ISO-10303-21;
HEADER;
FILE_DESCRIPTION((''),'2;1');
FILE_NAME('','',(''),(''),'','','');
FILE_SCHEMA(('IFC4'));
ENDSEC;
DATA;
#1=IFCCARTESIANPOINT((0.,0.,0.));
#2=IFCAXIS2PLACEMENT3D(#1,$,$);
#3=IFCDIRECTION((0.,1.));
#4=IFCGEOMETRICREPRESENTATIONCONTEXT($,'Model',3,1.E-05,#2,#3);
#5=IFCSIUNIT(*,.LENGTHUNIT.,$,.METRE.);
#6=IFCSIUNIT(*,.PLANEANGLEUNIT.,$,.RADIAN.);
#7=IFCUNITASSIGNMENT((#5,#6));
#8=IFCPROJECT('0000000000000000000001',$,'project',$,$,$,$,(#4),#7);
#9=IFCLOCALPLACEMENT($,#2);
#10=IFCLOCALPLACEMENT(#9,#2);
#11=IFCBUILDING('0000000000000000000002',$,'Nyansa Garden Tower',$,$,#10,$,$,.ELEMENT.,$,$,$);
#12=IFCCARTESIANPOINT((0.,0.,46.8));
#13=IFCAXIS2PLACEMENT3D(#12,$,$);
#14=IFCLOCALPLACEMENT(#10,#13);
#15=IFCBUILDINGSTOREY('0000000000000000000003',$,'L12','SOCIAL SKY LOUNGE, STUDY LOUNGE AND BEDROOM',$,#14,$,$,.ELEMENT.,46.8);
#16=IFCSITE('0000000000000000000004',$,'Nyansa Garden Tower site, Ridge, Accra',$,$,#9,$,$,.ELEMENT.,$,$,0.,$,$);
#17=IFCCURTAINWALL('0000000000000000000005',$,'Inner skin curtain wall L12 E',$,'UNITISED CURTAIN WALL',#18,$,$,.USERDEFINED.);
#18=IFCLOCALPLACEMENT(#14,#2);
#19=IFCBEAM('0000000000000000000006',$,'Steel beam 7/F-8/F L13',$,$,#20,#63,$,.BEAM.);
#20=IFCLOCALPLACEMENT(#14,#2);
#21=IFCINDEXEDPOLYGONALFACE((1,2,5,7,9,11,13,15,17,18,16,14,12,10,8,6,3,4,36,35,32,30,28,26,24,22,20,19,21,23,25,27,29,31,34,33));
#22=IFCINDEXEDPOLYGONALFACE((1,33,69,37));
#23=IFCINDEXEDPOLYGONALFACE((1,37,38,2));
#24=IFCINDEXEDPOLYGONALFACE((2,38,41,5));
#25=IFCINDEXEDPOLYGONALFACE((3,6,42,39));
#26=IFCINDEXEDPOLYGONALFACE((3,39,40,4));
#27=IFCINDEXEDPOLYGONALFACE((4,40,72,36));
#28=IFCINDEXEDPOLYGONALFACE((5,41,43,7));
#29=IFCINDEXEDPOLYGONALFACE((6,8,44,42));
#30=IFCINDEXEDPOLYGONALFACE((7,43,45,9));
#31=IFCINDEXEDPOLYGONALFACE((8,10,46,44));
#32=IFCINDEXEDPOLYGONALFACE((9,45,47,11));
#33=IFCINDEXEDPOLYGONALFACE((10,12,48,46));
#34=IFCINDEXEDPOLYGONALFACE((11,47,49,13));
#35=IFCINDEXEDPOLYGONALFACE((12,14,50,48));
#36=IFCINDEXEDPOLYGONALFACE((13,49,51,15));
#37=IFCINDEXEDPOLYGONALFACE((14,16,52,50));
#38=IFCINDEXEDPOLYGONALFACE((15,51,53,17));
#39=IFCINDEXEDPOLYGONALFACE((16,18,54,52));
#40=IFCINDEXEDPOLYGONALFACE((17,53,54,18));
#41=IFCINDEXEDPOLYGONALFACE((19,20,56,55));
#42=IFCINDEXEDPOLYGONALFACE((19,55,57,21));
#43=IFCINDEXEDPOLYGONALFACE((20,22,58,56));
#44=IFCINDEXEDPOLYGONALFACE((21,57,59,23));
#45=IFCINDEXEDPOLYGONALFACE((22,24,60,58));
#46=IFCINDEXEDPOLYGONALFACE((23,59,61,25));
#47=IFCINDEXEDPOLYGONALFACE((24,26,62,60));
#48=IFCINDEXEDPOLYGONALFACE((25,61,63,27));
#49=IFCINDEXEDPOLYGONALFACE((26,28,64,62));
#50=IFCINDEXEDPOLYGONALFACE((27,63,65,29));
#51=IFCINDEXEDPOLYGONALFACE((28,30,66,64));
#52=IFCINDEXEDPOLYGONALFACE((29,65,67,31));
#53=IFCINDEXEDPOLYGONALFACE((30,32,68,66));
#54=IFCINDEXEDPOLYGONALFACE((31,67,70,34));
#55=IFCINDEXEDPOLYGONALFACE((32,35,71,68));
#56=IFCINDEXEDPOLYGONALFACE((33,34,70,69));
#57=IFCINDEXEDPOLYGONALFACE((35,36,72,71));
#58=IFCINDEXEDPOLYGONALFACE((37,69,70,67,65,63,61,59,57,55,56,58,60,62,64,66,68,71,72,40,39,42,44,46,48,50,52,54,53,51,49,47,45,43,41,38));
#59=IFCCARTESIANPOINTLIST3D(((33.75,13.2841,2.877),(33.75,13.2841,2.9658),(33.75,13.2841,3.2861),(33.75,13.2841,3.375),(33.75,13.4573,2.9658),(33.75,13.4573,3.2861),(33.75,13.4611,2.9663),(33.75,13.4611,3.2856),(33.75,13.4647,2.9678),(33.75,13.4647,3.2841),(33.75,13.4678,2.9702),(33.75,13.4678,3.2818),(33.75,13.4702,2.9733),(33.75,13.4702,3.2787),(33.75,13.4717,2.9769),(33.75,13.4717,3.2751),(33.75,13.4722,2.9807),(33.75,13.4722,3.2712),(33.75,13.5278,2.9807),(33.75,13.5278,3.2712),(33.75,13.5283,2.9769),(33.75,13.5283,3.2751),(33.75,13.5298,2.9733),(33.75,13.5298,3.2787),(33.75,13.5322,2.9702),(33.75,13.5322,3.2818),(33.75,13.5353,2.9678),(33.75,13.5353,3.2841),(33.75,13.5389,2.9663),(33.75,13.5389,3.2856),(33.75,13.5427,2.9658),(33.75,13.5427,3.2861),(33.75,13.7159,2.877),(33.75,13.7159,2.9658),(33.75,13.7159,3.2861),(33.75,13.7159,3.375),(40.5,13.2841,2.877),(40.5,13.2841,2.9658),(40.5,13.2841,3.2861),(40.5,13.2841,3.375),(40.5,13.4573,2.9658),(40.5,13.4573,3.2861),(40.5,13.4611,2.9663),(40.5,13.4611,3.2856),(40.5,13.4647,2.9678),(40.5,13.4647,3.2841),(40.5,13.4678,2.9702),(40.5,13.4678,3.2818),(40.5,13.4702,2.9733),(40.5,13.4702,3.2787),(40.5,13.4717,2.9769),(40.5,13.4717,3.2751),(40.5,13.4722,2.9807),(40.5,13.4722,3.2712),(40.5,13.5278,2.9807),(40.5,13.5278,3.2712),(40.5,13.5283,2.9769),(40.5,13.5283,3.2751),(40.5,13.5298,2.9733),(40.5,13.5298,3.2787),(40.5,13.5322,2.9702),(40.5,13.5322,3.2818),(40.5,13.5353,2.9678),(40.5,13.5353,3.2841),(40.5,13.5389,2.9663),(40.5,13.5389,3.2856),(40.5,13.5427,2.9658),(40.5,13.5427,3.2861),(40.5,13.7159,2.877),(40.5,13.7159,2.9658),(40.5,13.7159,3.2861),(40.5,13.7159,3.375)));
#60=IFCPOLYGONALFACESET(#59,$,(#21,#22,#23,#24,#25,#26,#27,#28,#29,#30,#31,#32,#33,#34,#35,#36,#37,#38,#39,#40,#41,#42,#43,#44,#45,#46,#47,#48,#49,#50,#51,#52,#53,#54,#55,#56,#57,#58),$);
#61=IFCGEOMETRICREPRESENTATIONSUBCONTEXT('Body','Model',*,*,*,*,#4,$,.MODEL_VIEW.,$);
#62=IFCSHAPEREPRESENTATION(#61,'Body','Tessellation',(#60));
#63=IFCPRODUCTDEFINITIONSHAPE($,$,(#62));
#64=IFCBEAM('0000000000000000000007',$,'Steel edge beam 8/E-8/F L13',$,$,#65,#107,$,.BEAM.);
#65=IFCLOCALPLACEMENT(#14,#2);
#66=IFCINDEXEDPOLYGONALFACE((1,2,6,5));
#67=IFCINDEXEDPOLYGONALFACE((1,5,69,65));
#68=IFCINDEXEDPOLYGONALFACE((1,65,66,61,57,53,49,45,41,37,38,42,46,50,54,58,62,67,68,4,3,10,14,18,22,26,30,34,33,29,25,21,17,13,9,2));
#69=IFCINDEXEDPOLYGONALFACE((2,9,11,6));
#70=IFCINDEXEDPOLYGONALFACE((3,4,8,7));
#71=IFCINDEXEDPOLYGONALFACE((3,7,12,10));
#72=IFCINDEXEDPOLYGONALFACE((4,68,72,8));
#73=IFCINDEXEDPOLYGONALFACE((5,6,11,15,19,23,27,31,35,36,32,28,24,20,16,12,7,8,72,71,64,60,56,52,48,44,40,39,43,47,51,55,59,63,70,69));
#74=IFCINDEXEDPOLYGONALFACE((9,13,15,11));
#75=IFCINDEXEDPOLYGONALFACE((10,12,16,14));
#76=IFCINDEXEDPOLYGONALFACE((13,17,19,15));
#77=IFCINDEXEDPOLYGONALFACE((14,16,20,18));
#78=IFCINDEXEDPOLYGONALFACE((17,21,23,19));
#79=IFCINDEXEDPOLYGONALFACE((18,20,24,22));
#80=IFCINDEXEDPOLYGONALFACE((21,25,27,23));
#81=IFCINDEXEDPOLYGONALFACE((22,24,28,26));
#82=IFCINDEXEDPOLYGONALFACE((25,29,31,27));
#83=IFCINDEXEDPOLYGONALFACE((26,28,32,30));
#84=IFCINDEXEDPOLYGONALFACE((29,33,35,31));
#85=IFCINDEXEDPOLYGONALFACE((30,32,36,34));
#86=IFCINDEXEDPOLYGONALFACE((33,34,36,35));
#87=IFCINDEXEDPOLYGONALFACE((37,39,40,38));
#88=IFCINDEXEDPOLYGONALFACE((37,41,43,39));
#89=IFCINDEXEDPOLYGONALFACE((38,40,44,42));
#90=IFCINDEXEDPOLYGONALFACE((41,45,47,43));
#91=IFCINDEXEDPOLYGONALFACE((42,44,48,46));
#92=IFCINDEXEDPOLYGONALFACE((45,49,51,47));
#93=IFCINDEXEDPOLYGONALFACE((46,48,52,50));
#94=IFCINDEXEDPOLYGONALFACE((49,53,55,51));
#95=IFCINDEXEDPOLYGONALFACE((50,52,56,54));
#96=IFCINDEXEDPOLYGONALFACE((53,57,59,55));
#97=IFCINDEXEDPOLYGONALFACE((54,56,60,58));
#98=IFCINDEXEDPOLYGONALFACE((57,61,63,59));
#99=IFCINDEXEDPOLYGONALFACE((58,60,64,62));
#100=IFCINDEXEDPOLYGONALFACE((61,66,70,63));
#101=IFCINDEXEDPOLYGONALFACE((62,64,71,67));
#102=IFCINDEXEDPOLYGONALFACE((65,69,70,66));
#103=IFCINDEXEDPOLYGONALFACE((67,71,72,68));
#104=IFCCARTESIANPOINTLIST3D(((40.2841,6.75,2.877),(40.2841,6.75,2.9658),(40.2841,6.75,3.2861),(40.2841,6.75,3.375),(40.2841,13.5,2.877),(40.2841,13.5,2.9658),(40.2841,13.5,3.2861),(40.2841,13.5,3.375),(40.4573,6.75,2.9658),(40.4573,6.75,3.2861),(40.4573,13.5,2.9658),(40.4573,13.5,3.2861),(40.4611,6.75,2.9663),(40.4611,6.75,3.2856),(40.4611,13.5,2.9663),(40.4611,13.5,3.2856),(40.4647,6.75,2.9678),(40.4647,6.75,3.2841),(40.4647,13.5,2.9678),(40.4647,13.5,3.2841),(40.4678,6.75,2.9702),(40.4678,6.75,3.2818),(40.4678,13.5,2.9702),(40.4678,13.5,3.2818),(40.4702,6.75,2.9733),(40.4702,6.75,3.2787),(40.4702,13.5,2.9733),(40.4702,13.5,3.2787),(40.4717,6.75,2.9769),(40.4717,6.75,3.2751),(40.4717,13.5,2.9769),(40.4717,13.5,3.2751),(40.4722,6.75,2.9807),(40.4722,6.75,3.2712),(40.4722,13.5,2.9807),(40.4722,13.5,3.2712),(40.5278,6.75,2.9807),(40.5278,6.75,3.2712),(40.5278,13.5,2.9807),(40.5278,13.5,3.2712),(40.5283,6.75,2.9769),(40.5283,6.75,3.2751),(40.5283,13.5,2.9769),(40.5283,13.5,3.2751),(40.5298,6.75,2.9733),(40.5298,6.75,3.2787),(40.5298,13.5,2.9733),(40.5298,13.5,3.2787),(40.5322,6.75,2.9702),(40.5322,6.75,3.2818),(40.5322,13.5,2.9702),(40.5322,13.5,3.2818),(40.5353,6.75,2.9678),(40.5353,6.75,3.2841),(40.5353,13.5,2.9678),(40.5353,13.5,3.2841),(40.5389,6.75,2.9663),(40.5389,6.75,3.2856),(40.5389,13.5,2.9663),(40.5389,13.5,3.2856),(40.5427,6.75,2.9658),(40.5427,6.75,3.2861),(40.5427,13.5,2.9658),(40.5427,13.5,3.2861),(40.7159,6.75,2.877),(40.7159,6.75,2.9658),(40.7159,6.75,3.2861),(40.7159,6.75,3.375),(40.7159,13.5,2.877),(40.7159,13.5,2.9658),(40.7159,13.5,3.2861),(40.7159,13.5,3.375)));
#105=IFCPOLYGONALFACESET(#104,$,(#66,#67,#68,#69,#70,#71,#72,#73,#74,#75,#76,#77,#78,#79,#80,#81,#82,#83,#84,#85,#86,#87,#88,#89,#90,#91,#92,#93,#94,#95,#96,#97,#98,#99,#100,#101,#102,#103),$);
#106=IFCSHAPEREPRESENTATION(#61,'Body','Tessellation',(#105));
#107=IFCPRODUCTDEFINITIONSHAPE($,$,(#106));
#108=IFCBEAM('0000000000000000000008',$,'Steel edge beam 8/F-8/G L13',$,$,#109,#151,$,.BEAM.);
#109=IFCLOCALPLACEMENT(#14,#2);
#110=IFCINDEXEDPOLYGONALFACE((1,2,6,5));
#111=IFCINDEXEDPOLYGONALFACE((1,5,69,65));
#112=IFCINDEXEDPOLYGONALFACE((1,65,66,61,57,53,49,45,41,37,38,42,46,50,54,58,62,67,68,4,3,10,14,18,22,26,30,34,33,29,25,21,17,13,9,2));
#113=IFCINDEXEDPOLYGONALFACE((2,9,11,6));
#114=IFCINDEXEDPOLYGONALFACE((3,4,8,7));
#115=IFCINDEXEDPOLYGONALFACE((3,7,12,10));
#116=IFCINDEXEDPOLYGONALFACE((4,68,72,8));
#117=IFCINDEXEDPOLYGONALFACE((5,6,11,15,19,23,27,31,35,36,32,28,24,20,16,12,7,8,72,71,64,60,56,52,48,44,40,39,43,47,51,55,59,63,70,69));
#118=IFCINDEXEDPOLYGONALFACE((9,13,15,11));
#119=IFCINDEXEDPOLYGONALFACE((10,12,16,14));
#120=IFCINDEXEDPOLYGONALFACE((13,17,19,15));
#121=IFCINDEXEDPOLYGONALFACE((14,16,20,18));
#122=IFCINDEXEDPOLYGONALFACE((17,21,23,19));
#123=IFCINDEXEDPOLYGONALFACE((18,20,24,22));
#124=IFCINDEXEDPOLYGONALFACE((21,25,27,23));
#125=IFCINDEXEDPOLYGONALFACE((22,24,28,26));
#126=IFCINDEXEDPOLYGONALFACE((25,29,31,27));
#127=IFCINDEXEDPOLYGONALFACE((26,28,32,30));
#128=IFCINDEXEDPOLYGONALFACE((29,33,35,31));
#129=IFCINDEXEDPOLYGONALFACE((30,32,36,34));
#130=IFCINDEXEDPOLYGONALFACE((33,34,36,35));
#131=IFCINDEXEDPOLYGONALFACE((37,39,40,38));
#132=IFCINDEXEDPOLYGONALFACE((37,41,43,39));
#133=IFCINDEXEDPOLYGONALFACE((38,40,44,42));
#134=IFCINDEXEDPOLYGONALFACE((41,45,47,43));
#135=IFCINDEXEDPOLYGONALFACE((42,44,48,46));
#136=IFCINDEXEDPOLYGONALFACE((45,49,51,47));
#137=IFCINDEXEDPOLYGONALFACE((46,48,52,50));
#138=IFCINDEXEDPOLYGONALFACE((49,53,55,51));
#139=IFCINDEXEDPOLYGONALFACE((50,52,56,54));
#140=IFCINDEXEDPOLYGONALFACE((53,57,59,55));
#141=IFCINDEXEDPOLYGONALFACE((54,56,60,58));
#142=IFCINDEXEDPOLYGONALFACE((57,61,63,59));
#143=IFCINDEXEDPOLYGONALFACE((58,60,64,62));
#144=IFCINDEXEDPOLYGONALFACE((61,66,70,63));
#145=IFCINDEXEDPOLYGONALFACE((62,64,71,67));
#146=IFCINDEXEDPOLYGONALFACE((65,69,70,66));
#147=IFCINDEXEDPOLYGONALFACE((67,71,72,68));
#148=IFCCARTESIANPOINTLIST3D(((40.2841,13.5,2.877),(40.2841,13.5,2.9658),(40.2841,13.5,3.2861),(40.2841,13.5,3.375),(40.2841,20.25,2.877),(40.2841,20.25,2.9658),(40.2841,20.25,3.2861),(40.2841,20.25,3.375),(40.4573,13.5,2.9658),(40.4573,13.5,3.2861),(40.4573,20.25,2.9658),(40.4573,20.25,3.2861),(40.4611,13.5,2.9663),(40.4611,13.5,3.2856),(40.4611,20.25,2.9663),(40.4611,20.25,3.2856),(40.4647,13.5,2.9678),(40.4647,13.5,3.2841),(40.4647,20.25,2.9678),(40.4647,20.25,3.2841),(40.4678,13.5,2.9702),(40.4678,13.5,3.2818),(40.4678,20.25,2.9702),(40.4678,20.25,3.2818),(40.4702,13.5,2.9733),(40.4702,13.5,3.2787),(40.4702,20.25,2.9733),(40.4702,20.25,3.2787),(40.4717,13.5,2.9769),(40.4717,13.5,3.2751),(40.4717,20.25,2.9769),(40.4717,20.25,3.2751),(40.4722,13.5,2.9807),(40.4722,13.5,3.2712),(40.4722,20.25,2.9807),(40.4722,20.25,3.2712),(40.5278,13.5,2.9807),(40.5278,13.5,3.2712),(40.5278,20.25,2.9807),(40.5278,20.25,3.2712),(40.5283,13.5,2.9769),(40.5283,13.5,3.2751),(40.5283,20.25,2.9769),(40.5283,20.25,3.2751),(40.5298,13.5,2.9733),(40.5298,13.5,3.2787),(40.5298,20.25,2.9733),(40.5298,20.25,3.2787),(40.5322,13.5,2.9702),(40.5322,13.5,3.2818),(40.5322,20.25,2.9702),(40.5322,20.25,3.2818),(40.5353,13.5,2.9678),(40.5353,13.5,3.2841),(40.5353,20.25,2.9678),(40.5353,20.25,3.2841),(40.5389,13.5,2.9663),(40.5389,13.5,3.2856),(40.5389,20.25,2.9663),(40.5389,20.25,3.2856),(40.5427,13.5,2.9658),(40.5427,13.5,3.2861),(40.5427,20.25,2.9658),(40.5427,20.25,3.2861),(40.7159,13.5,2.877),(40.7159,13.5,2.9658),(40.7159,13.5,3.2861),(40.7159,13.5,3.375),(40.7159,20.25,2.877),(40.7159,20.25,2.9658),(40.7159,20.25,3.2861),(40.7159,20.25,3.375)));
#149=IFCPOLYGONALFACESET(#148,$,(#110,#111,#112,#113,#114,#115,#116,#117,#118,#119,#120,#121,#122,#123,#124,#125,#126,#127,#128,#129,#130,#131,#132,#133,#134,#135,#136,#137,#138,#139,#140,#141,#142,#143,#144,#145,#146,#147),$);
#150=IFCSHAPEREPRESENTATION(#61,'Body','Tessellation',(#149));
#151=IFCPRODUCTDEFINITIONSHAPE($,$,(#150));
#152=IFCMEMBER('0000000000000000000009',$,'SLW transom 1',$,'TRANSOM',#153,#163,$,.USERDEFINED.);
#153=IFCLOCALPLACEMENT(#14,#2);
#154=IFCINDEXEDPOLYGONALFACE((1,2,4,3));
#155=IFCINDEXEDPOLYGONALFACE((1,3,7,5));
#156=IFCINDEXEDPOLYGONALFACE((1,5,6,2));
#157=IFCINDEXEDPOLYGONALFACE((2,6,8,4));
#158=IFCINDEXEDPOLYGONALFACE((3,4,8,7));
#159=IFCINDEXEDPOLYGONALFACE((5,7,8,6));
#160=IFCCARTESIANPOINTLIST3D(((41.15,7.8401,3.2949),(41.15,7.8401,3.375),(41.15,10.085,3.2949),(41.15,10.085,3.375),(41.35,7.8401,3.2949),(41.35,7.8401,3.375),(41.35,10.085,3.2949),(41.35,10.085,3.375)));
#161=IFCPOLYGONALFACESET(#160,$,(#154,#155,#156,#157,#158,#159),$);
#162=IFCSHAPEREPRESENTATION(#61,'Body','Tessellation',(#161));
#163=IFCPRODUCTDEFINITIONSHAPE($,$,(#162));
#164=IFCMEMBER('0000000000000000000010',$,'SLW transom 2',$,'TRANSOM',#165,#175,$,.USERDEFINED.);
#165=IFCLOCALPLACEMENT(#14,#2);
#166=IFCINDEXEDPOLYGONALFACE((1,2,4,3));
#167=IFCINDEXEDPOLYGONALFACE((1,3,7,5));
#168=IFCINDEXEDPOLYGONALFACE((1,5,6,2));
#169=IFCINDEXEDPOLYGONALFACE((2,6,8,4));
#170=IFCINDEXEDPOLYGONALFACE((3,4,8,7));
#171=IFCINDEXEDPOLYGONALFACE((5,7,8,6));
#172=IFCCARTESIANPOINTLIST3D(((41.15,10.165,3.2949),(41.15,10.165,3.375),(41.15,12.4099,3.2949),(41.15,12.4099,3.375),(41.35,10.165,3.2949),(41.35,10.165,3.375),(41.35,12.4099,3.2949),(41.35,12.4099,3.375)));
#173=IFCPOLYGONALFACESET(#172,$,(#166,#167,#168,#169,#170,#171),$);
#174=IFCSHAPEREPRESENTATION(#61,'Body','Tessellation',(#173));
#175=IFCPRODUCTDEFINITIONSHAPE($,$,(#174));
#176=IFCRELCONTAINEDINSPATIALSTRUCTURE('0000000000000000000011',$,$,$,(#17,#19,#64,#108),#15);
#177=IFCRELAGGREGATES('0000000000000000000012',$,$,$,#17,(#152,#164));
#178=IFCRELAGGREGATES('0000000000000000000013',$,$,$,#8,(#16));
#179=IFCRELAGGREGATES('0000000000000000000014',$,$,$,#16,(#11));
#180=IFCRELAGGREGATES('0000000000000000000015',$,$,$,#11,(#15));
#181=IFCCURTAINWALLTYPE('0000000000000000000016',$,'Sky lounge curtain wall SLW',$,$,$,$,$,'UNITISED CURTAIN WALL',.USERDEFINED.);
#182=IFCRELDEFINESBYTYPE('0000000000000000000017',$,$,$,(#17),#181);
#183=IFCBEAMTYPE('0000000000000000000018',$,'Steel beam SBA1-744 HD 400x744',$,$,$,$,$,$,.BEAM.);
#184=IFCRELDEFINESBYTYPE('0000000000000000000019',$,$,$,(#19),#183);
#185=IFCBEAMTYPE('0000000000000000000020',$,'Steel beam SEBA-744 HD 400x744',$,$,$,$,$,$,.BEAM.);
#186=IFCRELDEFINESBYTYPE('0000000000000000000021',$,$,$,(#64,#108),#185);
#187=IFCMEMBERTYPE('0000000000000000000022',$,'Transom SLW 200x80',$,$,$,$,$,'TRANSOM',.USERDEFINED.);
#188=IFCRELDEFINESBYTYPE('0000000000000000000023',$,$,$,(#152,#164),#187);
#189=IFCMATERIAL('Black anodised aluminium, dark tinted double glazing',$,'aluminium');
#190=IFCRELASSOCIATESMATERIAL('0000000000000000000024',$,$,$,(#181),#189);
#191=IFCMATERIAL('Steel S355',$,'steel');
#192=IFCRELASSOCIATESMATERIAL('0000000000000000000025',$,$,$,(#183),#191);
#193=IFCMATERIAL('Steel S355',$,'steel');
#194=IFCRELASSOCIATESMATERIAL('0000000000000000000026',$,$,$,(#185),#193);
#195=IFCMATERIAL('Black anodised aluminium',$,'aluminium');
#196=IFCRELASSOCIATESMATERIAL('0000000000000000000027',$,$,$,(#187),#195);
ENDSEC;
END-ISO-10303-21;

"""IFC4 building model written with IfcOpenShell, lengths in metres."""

from ifc_helpers import new_model, si_unit, direction, frame, origin, origin_2d, place, context, subcontext, project, spatial, rectangle, i_section, extrude, material, material_profile, profile_set, type_object, element, aggregate, save


model = new_model("IFC4")

# Units and contexts
model_context = context("Model", 3, precision=1e-05, world=origin(), true_north=direction((0.0, 1.0)))
body_context = subcontext(model_context, "Body", "Model", "MODEL_VIEW")
ifc_project = project(units=[si_unit("LENGTHUNIT", "METRE"), si_unit("PLANEANGLEUNIT", "RADIAN")], contexts=[model_context])

# Site, building, storey
site_placement = place(None, origin())
site = spatial("IfcSite", under=ifc_project, at=site_placement, Name="Nyansa Garden Tower site, Ridge, Accra", CompositionType="ELEMENT", RefElevation=0.0)
building_placement = place(site_placement, origin())
building = spatial("IfcBuilding", under=site, at=building_placement, Name="Nyansa Garden Tower", CompositionType="ELEMENT")
storey_placement = place(building_placement, frame((0.0, 0.0, 46.8)))
storey = spatial("IfcBuildingStorey", under=building, at=storey_placement, Name="L12", Description="SOCIAL SKY LOUNGE, STUDY LOUNGE AND BEDROOM", CompositionType="ELEMENT", Elevation=46.8)

# Curtain wall
ifc_material_1 = material(Name="Black anodised aluminium, dark tinted double glazing", Category="aluminium")
curtain_wall_type = type_object("IfcCurtainWallType", Name="Sky lounge curtain wall SLW", ElementType="UNITISED CURTAIN WALL", PredefinedType="USERDEFINED", material=ifc_material_1)
curtain_wall_placement = place(storey_placement, origin())
curtain_wall = element("IfcCurtainWall", 1, at=curtain_wall_placement, inside=storey, type_object=curtain_wall_type, Name="Inner skin curtain wall L12 E", ObjectType="UNITISED CURTAIN WALL", PredefinedType="USERDEFINED")

# Beams
ifc_material_2 = material(Name="Steel S355", Category="steel")
ifc_material_profile_1 = material_profile(ifc_material_2, i_section(OverallWidth=0.4319, OverallDepth=0.498, WebThickness=0.0557, FlangeThickness=0.0889, FilletRadius=0.0149, at=origin_2d()), Name="HD 400x744")
ifc_profile_set_1 = profile_set([ifc_material_profile_1], Name="Steel S355")
beam_type_1 = type_object("IfcBeamType", Name="Steel beam SBA1-744 HD 400x744", PredefinedType="BEAM", material=ifc_profile_set_1)
for number, where, z_axis, x_axis, name in (
    (2, (33.75, 13.5, 3.126), (1.0, 0.0, 0.0), (0.0, 1.0, 0.0), "Steel beam 7/F-8/F L13"),
):
    element("IfcBeam", number, at=place(storey_placement, frame(where, z_axis=z_axis, x_axis=x_axis)), inside=storey, type_object=beam_type_1, Name=name, PredefinedType="BEAM", context=body_context, shape_type="SweptSolid", body=[
        extrude(i_section(OverallWidth=0.4319, OverallDepth=0.498, WebThickness=0.0557, FlangeThickness=0.0889, FilletRadius=0.0149, at=origin_2d()), origin(), (0.0, 0.0, 1.0), 6.75),
    ])
ifc_material_3 = material(Name="Steel S355", Category="steel")
ifc_material_profile_2 = material_profile(ifc_material_3, i_section(OverallWidth=0.4319, OverallDepth=0.498, WebThickness=0.0557, FlangeThickness=0.0889, FilletRadius=0.0149, at=origin_2d()), Name="HD 400x744")
ifc_profile_set_2 = profile_set([ifc_material_profile_2], Name="Steel S355")
beam_type_2 = type_object("IfcBeamType", Name="Steel beam SEBA-744 HD 400x744", PredefinedType="BEAM", material=ifc_profile_set_2)
for number, where, z_axis, x_axis, name in (
    (3, (40.5, 6.75, 3.126), (0.0, 1.0, 0.0), (-1.0, 0.0, 0.0), "Steel edge beam 8/E-8/F L13"),
    (4, (40.5, 13.5, 3.126), (0.0, 1.0, 0.0), (-1.0, 0.0, 0.0), "Steel edge beam 8/F-8/G L13"),
):
    element("IfcBeam", number, at=place(storey_placement, frame(where, z_axis=z_axis, x_axis=x_axis)), inside=storey, type_object=beam_type_2, Name=name, PredefinedType="BEAM", context=body_context, shape_type="SweptSolid", body=[
        extrude(i_section(OverallWidth=0.4319, OverallDepth=0.498, WebThickness=0.0557, FlangeThickness=0.0889, FilletRadius=0.0149, at=origin_2d()), origin(), (0.0, 0.0, 1.0), 6.75),
    ])

# Members
ifc_material_4 = material(Name="Black anodised aluminium", Category="aluminium")
ifc_material_profile_3 = material_profile(ifc_material_4, rectangle(XDim=0.2, YDim=0.0801, at=origin_2d()), Name="Transom 200x80")
ifc_profile_set_3 = profile_set([ifc_material_profile_3], Name="Black anodised aluminium")
member_type_1 = type_object("IfcMemberType", Name="Transom SLW 200x80", ElementType="TRANSOM", PredefinedType="USERDEFINED", material=ifc_profile_set_3)
member_1_placement = place(storey_placement, frame((41.25, 7.8401, 3.335), z_axis=(0.0, 1.0, 0.0), x_axis=(-1.0, 0.0, 0.0)))
member_1 = element("IfcMember", 5, at=member_1_placement, type_object=member_type_1, Name="SLW transom 1", ObjectType="TRANSOM", PredefinedType="USERDEFINED", context=body_context, shape_type="SweptSolid", body=[
    extrude(rectangle(XDim=0.2, YDim=0.0801, at=origin_2d()), origin(), (0.0, 0.0, 1.0), 2.2449),
])
member_2_placement = place(storey_placement, frame((41.25, 10.165, 3.335), z_axis=(0.0, 1.0, 0.0), x_axis=(-1.0, 0.0, 0.0)))
member_2 = element("IfcMember", 6, at=member_2_placement, type_object=member_type_1, Name="SLW transom 2", ObjectType="TRANSOM", PredefinedType="USERDEFINED", context=body_context, shape_type="SweptSolid", body=[
    extrude(rectangle(XDim=0.2, YDim=0.0801, at=origin_2d()), origin(), (0.0, 0.0, 1.0), 2.2449),
])

aggregate(curtain_wall, [member_1, member_2])

save(model, "model.ifc")
